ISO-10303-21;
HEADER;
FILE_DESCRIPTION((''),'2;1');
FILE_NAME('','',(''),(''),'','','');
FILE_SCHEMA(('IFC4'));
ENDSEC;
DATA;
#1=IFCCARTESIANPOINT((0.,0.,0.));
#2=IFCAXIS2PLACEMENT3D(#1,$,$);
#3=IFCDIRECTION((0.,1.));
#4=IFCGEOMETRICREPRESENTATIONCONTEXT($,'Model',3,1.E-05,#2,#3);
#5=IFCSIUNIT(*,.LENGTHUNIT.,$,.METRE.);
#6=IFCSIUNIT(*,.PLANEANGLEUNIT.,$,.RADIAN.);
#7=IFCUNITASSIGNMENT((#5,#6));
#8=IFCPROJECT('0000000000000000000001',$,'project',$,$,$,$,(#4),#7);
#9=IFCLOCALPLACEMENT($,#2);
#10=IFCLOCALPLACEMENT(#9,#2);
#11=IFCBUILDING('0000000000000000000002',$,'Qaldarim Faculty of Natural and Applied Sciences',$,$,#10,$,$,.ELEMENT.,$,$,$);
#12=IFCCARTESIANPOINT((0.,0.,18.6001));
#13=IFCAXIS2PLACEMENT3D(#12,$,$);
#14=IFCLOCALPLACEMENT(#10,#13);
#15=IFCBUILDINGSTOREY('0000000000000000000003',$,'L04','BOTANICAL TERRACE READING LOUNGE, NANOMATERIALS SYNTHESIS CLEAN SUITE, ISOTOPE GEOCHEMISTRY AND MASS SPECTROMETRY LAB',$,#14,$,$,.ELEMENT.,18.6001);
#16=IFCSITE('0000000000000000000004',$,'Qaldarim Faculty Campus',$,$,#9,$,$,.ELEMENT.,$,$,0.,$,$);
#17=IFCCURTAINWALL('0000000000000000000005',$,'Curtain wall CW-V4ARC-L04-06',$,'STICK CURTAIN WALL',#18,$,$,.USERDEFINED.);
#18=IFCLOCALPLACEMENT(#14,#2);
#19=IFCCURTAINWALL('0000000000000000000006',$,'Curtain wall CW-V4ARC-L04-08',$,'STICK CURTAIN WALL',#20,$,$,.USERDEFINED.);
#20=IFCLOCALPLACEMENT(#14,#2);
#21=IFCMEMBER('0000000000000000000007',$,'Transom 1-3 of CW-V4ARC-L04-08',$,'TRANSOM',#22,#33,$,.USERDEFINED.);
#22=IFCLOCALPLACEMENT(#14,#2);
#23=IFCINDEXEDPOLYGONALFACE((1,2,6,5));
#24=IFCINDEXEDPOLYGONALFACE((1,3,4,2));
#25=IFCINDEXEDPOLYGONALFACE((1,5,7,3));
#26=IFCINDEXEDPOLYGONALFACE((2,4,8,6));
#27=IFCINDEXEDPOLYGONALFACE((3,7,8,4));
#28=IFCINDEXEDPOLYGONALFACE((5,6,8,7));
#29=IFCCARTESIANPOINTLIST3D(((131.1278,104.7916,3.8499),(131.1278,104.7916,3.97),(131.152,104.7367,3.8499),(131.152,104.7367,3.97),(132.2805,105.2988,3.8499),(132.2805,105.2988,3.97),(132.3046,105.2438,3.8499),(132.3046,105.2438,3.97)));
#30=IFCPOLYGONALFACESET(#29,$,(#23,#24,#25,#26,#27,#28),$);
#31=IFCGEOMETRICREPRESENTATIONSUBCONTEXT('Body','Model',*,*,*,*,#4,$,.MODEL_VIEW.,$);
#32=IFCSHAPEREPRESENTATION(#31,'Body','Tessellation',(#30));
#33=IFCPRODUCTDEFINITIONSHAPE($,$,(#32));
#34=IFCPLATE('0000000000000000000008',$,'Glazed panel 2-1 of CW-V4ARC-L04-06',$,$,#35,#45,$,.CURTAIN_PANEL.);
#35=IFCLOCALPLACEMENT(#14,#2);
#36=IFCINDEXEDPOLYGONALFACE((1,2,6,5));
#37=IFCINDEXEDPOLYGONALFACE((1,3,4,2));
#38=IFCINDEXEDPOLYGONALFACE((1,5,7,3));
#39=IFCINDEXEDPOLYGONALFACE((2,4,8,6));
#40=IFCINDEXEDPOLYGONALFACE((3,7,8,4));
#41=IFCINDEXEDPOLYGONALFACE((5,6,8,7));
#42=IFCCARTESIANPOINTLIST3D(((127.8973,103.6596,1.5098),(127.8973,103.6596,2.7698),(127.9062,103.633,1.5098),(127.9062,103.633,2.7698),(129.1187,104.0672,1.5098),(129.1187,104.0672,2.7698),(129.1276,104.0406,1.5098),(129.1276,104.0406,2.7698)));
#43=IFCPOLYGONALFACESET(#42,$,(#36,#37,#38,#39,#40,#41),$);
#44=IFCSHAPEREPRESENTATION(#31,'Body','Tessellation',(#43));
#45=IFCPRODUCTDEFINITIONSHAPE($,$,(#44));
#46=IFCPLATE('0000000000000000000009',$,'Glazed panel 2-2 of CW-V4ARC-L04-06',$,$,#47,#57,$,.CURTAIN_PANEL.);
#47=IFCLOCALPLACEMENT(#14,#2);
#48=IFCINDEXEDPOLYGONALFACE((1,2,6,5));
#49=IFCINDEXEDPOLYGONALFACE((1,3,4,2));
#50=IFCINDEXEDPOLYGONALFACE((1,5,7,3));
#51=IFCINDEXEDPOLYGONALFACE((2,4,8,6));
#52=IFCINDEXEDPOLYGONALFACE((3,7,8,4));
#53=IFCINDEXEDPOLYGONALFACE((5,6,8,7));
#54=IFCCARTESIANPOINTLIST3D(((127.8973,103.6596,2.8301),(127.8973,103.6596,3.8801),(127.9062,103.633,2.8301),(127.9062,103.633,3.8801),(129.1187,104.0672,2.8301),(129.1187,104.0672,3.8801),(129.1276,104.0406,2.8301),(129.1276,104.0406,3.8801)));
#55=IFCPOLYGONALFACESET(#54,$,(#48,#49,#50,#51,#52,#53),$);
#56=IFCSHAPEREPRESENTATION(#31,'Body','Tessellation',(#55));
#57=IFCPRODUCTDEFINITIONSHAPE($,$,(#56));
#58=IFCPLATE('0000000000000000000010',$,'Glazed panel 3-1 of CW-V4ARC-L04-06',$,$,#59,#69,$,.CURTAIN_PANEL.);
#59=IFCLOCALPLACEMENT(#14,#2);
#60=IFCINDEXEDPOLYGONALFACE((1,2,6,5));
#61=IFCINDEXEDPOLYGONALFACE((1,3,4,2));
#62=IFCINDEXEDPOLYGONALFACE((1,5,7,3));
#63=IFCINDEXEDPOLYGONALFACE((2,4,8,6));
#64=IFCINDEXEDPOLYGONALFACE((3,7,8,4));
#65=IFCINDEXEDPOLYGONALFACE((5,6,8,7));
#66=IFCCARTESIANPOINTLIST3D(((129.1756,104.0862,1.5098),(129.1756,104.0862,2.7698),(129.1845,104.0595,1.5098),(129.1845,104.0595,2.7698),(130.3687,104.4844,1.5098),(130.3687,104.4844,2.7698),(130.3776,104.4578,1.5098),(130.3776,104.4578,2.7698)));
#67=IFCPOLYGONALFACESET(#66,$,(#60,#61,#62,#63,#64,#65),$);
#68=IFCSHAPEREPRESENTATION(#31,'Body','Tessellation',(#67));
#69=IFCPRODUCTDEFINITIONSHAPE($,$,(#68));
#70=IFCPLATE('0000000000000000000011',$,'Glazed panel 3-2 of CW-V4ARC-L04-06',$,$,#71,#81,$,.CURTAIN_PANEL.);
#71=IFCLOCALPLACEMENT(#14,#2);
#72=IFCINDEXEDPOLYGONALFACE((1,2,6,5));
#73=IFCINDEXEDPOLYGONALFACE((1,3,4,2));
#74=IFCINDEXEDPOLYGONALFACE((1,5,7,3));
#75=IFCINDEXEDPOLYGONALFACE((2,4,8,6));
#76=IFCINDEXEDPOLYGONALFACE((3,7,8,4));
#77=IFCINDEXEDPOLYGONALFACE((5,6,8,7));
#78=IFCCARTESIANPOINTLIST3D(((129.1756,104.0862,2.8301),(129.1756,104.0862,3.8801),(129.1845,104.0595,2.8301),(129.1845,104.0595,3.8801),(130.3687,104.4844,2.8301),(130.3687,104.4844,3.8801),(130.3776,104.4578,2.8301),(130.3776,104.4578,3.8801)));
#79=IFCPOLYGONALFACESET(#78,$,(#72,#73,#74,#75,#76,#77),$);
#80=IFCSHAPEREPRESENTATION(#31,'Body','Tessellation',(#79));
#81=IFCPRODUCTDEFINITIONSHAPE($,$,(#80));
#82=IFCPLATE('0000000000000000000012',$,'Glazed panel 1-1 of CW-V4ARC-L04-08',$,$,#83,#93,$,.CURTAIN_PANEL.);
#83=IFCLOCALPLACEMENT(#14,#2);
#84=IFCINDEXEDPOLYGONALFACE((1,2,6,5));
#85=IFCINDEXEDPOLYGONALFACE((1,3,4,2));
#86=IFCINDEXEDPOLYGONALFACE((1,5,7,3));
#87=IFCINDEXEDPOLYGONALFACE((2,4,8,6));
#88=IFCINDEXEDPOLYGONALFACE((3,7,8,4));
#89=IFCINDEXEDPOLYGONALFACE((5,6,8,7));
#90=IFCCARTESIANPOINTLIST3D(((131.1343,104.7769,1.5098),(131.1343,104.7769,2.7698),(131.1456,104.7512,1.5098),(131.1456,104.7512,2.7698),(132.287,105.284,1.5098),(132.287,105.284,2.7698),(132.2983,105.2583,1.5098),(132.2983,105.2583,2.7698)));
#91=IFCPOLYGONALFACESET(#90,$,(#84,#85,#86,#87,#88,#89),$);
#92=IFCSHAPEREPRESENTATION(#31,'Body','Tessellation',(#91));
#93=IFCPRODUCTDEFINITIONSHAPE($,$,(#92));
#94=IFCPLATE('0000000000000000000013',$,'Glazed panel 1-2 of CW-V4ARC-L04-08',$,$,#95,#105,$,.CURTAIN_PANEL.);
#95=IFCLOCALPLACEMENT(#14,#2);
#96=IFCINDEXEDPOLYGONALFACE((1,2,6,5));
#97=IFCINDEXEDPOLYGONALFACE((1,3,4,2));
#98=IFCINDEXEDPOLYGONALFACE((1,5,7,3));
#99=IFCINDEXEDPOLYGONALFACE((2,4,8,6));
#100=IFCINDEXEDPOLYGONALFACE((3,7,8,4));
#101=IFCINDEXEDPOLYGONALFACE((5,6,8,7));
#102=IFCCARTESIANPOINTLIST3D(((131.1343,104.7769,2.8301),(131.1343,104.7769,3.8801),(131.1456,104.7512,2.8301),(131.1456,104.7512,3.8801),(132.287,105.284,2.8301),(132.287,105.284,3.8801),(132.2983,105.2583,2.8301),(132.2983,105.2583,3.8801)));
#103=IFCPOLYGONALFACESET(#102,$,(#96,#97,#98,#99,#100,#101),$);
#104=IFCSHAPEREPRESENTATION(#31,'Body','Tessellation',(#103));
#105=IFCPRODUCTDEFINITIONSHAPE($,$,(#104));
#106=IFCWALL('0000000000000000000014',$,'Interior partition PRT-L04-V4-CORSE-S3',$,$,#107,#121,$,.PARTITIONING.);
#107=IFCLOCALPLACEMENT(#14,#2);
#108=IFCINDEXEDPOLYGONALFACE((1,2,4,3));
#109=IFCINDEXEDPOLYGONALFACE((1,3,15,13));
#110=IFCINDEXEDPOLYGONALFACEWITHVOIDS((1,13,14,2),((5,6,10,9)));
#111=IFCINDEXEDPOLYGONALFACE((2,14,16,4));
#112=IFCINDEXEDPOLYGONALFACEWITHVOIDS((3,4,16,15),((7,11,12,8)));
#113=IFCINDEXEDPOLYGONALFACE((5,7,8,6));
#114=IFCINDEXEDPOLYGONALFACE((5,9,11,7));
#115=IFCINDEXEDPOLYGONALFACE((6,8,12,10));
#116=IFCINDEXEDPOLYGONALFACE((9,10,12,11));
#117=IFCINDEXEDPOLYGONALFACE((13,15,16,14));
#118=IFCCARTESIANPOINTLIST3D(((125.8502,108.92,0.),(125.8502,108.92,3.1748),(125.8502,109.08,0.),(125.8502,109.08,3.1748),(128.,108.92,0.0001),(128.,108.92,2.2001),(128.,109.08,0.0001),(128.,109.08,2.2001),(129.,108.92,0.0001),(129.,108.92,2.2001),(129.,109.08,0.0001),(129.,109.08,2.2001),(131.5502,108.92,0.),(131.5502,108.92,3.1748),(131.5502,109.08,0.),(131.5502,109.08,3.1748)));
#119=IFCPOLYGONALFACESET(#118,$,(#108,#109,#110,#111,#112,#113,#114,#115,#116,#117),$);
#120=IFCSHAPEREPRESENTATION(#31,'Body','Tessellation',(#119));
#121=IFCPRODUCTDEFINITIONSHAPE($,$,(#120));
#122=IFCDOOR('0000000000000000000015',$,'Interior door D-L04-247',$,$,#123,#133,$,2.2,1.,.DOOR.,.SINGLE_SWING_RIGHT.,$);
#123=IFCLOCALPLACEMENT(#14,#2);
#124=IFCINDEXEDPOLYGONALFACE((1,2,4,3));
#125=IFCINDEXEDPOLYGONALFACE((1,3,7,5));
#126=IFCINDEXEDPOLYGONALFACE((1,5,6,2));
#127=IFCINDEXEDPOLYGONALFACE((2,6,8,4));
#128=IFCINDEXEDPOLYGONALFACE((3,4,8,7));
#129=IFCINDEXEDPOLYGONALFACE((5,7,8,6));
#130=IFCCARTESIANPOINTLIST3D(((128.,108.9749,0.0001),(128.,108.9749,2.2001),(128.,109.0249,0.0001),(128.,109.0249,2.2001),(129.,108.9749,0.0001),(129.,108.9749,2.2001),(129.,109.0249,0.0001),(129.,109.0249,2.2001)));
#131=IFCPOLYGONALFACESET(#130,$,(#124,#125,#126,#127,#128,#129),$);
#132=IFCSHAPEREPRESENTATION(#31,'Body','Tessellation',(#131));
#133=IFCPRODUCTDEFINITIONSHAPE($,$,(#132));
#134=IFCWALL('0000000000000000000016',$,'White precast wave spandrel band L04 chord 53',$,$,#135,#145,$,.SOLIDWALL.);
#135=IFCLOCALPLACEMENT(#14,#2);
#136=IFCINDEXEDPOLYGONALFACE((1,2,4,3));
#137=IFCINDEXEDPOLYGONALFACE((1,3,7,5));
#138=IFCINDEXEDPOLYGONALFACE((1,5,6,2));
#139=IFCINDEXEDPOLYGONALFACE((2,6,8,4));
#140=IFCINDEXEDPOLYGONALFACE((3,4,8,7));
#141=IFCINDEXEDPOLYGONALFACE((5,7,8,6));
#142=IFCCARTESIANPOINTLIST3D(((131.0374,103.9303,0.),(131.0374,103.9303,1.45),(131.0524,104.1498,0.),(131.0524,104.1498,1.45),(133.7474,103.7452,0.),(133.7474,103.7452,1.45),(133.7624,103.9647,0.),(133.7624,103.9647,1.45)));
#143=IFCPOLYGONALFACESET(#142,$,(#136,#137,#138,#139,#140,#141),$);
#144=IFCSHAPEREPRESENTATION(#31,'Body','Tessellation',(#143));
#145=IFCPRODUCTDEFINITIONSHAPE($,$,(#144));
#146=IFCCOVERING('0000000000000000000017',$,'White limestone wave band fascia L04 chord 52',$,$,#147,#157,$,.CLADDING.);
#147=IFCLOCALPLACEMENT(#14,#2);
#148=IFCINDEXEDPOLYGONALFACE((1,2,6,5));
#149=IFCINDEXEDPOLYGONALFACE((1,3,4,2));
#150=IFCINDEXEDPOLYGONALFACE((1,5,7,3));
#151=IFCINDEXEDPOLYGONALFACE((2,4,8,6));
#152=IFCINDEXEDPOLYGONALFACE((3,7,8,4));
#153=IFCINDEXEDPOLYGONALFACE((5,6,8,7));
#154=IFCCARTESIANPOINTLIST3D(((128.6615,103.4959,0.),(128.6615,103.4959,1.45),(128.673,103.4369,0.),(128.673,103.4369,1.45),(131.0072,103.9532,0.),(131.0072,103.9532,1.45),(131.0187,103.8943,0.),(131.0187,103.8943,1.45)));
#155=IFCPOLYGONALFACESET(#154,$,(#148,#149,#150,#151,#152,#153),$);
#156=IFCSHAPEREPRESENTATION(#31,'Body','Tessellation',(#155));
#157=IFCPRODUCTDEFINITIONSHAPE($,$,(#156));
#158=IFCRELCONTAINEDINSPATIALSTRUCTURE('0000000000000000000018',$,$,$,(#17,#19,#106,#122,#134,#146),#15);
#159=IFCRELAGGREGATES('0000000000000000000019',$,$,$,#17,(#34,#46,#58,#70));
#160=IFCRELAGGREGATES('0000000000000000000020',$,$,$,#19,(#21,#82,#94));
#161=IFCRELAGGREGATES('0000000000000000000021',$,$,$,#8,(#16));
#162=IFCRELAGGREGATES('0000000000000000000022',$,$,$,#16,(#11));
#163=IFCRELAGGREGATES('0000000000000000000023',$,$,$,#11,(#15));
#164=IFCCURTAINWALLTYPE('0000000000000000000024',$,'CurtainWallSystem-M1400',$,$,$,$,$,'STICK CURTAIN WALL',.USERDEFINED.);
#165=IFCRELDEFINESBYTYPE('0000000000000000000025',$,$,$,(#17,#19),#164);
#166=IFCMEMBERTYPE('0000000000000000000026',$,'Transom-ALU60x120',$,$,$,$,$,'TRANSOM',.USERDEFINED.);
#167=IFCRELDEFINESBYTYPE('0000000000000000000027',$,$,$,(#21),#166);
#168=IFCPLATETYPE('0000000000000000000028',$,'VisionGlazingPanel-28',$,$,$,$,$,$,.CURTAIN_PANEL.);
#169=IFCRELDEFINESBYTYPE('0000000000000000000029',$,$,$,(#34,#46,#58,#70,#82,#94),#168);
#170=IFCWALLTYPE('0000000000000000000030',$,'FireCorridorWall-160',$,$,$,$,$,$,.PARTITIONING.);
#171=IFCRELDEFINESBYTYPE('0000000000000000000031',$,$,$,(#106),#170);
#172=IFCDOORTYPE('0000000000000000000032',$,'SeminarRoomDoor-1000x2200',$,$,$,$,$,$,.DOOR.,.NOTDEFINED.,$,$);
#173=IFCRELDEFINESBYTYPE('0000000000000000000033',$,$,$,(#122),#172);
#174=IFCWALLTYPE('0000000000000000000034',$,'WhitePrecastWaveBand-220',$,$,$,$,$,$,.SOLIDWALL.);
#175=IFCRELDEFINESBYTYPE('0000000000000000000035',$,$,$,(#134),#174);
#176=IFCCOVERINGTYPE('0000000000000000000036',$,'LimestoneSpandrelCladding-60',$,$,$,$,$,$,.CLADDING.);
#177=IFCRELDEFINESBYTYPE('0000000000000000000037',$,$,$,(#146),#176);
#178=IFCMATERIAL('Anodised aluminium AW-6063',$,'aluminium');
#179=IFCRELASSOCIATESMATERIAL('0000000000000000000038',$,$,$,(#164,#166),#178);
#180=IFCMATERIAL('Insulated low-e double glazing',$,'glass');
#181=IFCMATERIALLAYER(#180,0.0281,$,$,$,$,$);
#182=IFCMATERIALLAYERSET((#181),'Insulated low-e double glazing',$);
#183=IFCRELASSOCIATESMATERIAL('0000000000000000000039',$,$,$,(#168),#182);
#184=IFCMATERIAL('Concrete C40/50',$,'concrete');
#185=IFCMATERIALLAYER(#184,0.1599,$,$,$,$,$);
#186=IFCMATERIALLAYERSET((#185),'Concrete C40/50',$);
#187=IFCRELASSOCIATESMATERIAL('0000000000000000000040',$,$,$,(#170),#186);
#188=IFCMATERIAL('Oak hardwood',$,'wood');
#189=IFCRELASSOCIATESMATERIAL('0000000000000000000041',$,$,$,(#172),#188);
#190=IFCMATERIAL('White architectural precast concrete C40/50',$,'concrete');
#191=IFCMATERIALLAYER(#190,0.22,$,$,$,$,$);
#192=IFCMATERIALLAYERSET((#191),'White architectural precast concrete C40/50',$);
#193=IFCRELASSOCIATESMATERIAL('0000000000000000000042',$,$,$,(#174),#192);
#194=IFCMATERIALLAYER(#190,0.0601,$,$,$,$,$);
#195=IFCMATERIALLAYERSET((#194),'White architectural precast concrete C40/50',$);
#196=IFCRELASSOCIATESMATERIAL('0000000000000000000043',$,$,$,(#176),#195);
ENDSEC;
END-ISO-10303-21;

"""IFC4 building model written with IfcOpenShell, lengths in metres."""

from ifc_helpers import new_model, si_unit, direction, frame, frame_2d, origin, origin_2d, place, context, subcontext, project, spatial, rectangle, extrude, material, layer, layer_set, material_profile, profile_set, type_object, element, fill, aggregate, save


model = new_model("IFC4")

# Units and contexts
model_context = context("Model", 3, precision=1e-05, world=origin(), true_north=direction((0.0, 1.0)))
body_context = subcontext(model_context, "Body", "Model", "MODEL_VIEW")
ifc_project = project(units=[si_unit("LENGTHUNIT", "METRE"), si_unit("PLANEANGLEUNIT", "RADIAN")], contexts=[model_context])

# Site, building, storey
site_placement = place(None, origin())
site = spatial("IfcSite", under=ifc_project, at=site_placement, Name="Qaldarim Faculty Campus", CompositionType="ELEMENT", RefElevation=0.0)
building_placement = place(site_placement, origin())
building = spatial("IfcBuilding", under=site, at=building_placement, Name="Qaldarim Faculty of Natural and Applied Sciences", CompositionType="ELEMENT")
storey_placement = place(building_placement, frame((0.0, 0.0, 18.6001)))
storey = spatial("IfcBuildingStorey", under=building, at=storey_placement, Name="L04", Description="BOTANICAL TERRACE READING LOUNGE, NANOMATERIALS SYNTHESIS CLEAN SUITE, ISOTOPE GEOCHEMISTRY AND MASS SPECTROMETRY LAB", CompositionType="ELEMENT", Elevation=18.6001)

# Shared definitions
ifc_material_1 = material(Name="Concrete C40/50", Category="concrete")

# Curtain wall
ifc_material_2 = material(Name="Anodised aluminium AW-6063", Category="aluminium")
curtain_wall_type = type_object("IfcCurtainWallType", Name="CurtainWallSystem-M1400", ElementType="STICK CURTAIN WALL", PredefinedType="USERDEFINED", material=ifc_material_2)
curtain_wall_1_placement = place(storey_placement, origin())
curtain_wall_1 = element("IfcCurtainWall", 1, at=curtain_wall_1_placement, inside=storey, type_object=curtain_wall_type, Name="Curtain wall CW-V4ARC-L04-06", ObjectType="STICK CURTAIN WALL", PredefinedType="USERDEFINED")

# Curtain wall
curtain_wall_2_placement = place(storey_placement, origin())
curtain_wall_2 = element("IfcCurtainWall", 2, at=curtain_wall_2_placement, inside=storey, type_object=curtain_wall_type, Name="Curtain wall CW-V4ARC-L04-08", ObjectType="STICK CURTAIN WALL", PredefinedType="USERDEFINED")

# Member
ifc_material_profile_1 = material_profile(ifc_material_2, rectangle(XDim=0.0601, YDim=0.1201, at=origin_2d()), Name="ALU-T60x120")
ifc_profile_set_1 = profile_set([ifc_material_profile_1], Name="Anodised aluminium AW-6063")
member_type_1 = type_object("IfcMemberType", Name="Transom-ALU60x120", ElementType="TRANSOM", PredefinedType="USERDEFINED", material=ifc_profile_set_1)
member_1_placement = place(storey_placement, frame((131.1399, 104.7642, 3.9099), z_axis=(0.915332, 0.4027, 0.0), x_axis=(-0.4027, 0.915332, 0.0)))
member_1 = element("IfcMember", 3, at=member_1_placement, type_object=member_type_1, Name="Transom 1-3 of CW-V4ARC-L04-08", ObjectType="TRANSOM", PredefinedType="USERDEFINED", context=body_context, shape_type="SweptSolid", body=[
    extrude(rectangle(XDim=0.0601, YDim=0.1201, at=origin_2d()), origin(), (0.0, 0.0, 1.0), 1.2593),
])

# Plates
ifc_material_3 = material(Name="Insulated low-e double glazing", Category="glass")
ifc_layer_1 = layer(ifc_material_3, 0.0281)
ifc_layer_set_1 = layer_set([ifc_layer_1], Name="Insulated low-e double glazing")
plate_type = type_object("IfcPlateType", Name="VisionGlazingPanel-28", PredefinedType="CURTAIN_PANEL", material=ifc_layer_set_1)
plate_1_placement = place(storey_placement, frame((128.5125, 103.8501, 1.5098), z_axis=(0.0, 0.0, 1.0), x_axis=(0.948562, 0.316593, 0.0)))
plate_1 = element("IfcPlate", 4, at=plate_1_placement, type_object=plate_type, Name="Glazed panel 2-1 of CW-V4ARC-L04-06", PredefinedType="CURTAIN_PANEL", context=body_context, shape_type="SweptSolid", body=[
    extrude(rectangle(XDim=1.2876, YDim=0.0281, at=origin_2d()), origin(), (0.0, 0.0, 1.0), 1.26),
])
plate_2_placement = place(storey_placement, frame((128.5125, 103.8501, 2.8301), z_axis=(0.0, 0.0, 1.0), x_axis=(0.948562, 0.316593, 0.0)))
plate_2 = element("IfcPlate", 5, at=plate_2_placement, type_object=plate_type, Name="Glazed panel 2-2 of CW-V4ARC-L04-06", PredefinedType="CURTAIN_PANEL", context=body_context, shape_type="SweptSolid", body=[
    extrude(rectangle(XDim=1.2876, YDim=0.0281, at=origin_2d()), origin(), (0.0, 0.0, 1.0), 1.05),
])
plate_3_placement = place(storey_placement, frame((129.7766, 104.272, 1.5098), z_axis=(0.0, 0.0, 1.0), x_axis=(0.948562, 0.316593, 0.0)))
plate_3 = element("IfcPlate", 6, at=plate_3_placement, type_object=plate_type, Name="Glazed panel 3-1 of CW-V4ARC-L04-06", PredefinedType="CURTAIN_PANEL", context=body_context, shape_type="SweptSolid", body=[
    extrude(rectangle(XDim=1.2578, YDim=0.0281, at=origin_2d()), origin(), (0.0, 0.0, 1.0), 1.26),
])
plate_4_placement = place(storey_placement, frame((129.7766, 104.272, 2.8301), z_axis=(0.0, 0.0, 1.0), x_axis=(0.948562, 0.316593, 0.0)))
plate_4 = element("IfcPlate", 7, at=plate_4_placement, type_object=plate_type, Name="Glazed panel 3-2 of CW-V4ARC-L04-06", PredefinedType="CURTAIN_PANEL", context=body_context, shape_type="SweptSolid", body=[
    extrude(rectangle(XDim=1.2578, YDim=0.0281, at=origin_2d()), origin(), (0.0, 0.0, 1.0), 1.05),
])
aggregate(curtain_wall_1, [plate_1, plate_2, plate_3, plate_4])
plate_5_placement = place(storey_placement, frame((131.7163, 105.0176, 1.5098), z_axis=(0.0, 0.0, 1.0), x_axis=(0.915333, 0.402699, 0.0)))
plate_5 = element("IfcPlate", 8, at=plate_5_placement, type_object=plate_type, Name="Glazed panel 1-1 of CW-V4ARC-L04-08", PredefinedType="CURTAIN_PANEL", context=body_context, shape_type="SweptSolid", body=[
    extrude(rectangle(XDim=1.2593, YDim=0.0281, at=origin_2d()), origin(), (0.0, 0.0, 1.0), 1.26),
])
plate_6_placement = place(storey_placement, frame((131.7163, 105.0176, 2.8301), z_axis=(0.0, 0.0, 1.0), x_axis=(0.915333, 0.402699, 0.0)))
plate_6 = element("IfcPlate", 9, at=plate_6_placement, type_object=plate_type, Name="Glazed panel 1-2 of CW-V4ARC-L04-08", PredefinedType="CURTAIN_PANEL", context=body_context, shape_type="SweptSolid", body=[
    extrude(rectangle(XDim=1.2593, YDim=0.0281, at=origin_2d()), origin(), (0.0, 0.0, 1.0), 1.05),
])
aggregate(curtain_wall_2, [member_1, plate_5, plate_6])

# Wall, opening, door
ifc_layer_2 = layer(ifc_material_1, 0.1599)
ifc_layer_set_2 = layer_set([ifc_layer_2], Name="Concrete C40/50")
wall_type_1 = type_object("IfcWallType", Name="FireCorridorWall-160", PredefinedType="PARTITIONING", material=ifc_layer_set_2)
wall_1_placement = place(storey_placement, frame((125.8501, 109.0, 0.0), z_axis=(0.0, 0.0, 1.0), x_axis=(1.0, 0.0, 0.0)))
wall_1 = element("IfcWall", 10, at=wall_1_placement, inside=storey, type_object=wall_type_1, Name="Interior partition PRT-L04-V4-CORSE-S3", PredefinedType="PARTITIONING", context=body_context, shape_type="SweptSolid", body=[
    extrude(rectangle(XDim=5.7, YDim=0.1599, at=frame_2d((2.8501, 0.0))), origin(), (0.0, 0.0, 1.0), 3.1748),
])
opening_placement = place(wall_1_placement, frame((2.1499, 0.0, 0.0)))
opening = element("IfcOpeningElement", 11, at=opening_placement, cuts=wall_1, PredefinedType="OPENING", context=body_context, shape_type="SweptSolid", body=[
    extrude(rectangle(XDim=1.0, YDim=2.2, at=frame_2d((0.5, 1.1001))), frame((0.0, 0.0898, 0.0), z_axis=(0.0, -1.0, 0.0), x_axis=(1.0, 0.0, 0.0)), (0.0, 0.0, 1.0), 0.1799),
])
ifc_material_4 = material(Name="Oak hardwood", Category="wood")
door_type = type_object("IfcDoorType", Name="SeminarRoomDoor-1000x2200", OperationType="NOTDEFINED", PredefinedType="DOOR", material=ifc_material_4)
door_placement = place(opening_placement, origin())
door = element("IfcDoor", 12, at=door_placement, inside=storey, type_object=door_type, Name="Interior door D-L04-247", OperationType="SINGLE_SWING_RIGHT", OverallHeight=2.2, OverallWidth=1.0, PredefinedType="DOOR", context=body_context, shape_type="SweptSolid", body=[
    extrude(rectangle(XDim=1.0, YDim=2.2, at=frame_2d((0.5, 1.1001))), frame((0.0, 0.0249, 0.0), z_axis=(0.0, -1.0, 0.0), x_axis=(1.0, 0.0, 0.0)), (0.0, 0.0, 1.0), 0.05),
])
fill(opening, door)

# Wall
ifc_material_5 = material(Name="White architectural precast concrete C40/50", Category="concrete")
ifc_layer_3 = layer(ifc_material_5, 0.22)
ifc_layer_set_3 = layer_set([ifc_layer_3], Name="White architectural precast concrete C40/50")
wall_type_2 = type_object("IfcWallType", Name="WhitePrecastWaveBand-220", PredefinedType="SOLIDWALL", material=ifc_layer_set_3)
wall_2_placement = place(storey_placement, frame((131.0449, 104.04, 0.0), z_axis=(0.0, 0.0, 1.0), x_axis=(0.997676, -0.06813, 0.0)))
element("IfcWall", 13, at=wall_2_placement, inside=storey, type_object=wall_type_2, Name="White precast wave spandrel band L04 chord 53", PredefinedType="SOLIDWALL", context=body_context, shape_type="SweptSolid", body=[
    extrude(rectangle(XDim=2.7163, YDim=0.22, at=frame_2d((1.3582, 0.0))), origin(), (0.0, 0.0, 1.0), 1.45),
])

# Covering
ifc_layer_4 = layer(ifc_material_5, 0.0601)
ifc_layer_set_4 = layer_set([ifc_layer_4], Name="White architectural precast concrete C40/50")
covering_type = type_object("IfcCoveringType", Name="LimestoneSpandrelCladding-60", PredefinedType="CLADDING", material=ifc_layer_set_4)
covering_placement = place(storey_placement, frame((129.8401, 103.6951, 0.0), z_axis=(0.0, 0.0, 1.0), x_axis=(0.98152, 0.191357, 0.0)))
element("IfcCovering", 14, at=covering_placement, inside=storey, type_object=covering_type, Name="White limestone wave band fascia L04 chord 52", PredefinedType="CLADDING", context=body_context, shape_type="SweptSolid", body=[
    extrude(rectangle(XDim=2.3899, YDim=0.0601, at=origin_2d()), origin(), (0.0, 0.0, 1.0), 1.45),
])

save(model, "model.ifc")
